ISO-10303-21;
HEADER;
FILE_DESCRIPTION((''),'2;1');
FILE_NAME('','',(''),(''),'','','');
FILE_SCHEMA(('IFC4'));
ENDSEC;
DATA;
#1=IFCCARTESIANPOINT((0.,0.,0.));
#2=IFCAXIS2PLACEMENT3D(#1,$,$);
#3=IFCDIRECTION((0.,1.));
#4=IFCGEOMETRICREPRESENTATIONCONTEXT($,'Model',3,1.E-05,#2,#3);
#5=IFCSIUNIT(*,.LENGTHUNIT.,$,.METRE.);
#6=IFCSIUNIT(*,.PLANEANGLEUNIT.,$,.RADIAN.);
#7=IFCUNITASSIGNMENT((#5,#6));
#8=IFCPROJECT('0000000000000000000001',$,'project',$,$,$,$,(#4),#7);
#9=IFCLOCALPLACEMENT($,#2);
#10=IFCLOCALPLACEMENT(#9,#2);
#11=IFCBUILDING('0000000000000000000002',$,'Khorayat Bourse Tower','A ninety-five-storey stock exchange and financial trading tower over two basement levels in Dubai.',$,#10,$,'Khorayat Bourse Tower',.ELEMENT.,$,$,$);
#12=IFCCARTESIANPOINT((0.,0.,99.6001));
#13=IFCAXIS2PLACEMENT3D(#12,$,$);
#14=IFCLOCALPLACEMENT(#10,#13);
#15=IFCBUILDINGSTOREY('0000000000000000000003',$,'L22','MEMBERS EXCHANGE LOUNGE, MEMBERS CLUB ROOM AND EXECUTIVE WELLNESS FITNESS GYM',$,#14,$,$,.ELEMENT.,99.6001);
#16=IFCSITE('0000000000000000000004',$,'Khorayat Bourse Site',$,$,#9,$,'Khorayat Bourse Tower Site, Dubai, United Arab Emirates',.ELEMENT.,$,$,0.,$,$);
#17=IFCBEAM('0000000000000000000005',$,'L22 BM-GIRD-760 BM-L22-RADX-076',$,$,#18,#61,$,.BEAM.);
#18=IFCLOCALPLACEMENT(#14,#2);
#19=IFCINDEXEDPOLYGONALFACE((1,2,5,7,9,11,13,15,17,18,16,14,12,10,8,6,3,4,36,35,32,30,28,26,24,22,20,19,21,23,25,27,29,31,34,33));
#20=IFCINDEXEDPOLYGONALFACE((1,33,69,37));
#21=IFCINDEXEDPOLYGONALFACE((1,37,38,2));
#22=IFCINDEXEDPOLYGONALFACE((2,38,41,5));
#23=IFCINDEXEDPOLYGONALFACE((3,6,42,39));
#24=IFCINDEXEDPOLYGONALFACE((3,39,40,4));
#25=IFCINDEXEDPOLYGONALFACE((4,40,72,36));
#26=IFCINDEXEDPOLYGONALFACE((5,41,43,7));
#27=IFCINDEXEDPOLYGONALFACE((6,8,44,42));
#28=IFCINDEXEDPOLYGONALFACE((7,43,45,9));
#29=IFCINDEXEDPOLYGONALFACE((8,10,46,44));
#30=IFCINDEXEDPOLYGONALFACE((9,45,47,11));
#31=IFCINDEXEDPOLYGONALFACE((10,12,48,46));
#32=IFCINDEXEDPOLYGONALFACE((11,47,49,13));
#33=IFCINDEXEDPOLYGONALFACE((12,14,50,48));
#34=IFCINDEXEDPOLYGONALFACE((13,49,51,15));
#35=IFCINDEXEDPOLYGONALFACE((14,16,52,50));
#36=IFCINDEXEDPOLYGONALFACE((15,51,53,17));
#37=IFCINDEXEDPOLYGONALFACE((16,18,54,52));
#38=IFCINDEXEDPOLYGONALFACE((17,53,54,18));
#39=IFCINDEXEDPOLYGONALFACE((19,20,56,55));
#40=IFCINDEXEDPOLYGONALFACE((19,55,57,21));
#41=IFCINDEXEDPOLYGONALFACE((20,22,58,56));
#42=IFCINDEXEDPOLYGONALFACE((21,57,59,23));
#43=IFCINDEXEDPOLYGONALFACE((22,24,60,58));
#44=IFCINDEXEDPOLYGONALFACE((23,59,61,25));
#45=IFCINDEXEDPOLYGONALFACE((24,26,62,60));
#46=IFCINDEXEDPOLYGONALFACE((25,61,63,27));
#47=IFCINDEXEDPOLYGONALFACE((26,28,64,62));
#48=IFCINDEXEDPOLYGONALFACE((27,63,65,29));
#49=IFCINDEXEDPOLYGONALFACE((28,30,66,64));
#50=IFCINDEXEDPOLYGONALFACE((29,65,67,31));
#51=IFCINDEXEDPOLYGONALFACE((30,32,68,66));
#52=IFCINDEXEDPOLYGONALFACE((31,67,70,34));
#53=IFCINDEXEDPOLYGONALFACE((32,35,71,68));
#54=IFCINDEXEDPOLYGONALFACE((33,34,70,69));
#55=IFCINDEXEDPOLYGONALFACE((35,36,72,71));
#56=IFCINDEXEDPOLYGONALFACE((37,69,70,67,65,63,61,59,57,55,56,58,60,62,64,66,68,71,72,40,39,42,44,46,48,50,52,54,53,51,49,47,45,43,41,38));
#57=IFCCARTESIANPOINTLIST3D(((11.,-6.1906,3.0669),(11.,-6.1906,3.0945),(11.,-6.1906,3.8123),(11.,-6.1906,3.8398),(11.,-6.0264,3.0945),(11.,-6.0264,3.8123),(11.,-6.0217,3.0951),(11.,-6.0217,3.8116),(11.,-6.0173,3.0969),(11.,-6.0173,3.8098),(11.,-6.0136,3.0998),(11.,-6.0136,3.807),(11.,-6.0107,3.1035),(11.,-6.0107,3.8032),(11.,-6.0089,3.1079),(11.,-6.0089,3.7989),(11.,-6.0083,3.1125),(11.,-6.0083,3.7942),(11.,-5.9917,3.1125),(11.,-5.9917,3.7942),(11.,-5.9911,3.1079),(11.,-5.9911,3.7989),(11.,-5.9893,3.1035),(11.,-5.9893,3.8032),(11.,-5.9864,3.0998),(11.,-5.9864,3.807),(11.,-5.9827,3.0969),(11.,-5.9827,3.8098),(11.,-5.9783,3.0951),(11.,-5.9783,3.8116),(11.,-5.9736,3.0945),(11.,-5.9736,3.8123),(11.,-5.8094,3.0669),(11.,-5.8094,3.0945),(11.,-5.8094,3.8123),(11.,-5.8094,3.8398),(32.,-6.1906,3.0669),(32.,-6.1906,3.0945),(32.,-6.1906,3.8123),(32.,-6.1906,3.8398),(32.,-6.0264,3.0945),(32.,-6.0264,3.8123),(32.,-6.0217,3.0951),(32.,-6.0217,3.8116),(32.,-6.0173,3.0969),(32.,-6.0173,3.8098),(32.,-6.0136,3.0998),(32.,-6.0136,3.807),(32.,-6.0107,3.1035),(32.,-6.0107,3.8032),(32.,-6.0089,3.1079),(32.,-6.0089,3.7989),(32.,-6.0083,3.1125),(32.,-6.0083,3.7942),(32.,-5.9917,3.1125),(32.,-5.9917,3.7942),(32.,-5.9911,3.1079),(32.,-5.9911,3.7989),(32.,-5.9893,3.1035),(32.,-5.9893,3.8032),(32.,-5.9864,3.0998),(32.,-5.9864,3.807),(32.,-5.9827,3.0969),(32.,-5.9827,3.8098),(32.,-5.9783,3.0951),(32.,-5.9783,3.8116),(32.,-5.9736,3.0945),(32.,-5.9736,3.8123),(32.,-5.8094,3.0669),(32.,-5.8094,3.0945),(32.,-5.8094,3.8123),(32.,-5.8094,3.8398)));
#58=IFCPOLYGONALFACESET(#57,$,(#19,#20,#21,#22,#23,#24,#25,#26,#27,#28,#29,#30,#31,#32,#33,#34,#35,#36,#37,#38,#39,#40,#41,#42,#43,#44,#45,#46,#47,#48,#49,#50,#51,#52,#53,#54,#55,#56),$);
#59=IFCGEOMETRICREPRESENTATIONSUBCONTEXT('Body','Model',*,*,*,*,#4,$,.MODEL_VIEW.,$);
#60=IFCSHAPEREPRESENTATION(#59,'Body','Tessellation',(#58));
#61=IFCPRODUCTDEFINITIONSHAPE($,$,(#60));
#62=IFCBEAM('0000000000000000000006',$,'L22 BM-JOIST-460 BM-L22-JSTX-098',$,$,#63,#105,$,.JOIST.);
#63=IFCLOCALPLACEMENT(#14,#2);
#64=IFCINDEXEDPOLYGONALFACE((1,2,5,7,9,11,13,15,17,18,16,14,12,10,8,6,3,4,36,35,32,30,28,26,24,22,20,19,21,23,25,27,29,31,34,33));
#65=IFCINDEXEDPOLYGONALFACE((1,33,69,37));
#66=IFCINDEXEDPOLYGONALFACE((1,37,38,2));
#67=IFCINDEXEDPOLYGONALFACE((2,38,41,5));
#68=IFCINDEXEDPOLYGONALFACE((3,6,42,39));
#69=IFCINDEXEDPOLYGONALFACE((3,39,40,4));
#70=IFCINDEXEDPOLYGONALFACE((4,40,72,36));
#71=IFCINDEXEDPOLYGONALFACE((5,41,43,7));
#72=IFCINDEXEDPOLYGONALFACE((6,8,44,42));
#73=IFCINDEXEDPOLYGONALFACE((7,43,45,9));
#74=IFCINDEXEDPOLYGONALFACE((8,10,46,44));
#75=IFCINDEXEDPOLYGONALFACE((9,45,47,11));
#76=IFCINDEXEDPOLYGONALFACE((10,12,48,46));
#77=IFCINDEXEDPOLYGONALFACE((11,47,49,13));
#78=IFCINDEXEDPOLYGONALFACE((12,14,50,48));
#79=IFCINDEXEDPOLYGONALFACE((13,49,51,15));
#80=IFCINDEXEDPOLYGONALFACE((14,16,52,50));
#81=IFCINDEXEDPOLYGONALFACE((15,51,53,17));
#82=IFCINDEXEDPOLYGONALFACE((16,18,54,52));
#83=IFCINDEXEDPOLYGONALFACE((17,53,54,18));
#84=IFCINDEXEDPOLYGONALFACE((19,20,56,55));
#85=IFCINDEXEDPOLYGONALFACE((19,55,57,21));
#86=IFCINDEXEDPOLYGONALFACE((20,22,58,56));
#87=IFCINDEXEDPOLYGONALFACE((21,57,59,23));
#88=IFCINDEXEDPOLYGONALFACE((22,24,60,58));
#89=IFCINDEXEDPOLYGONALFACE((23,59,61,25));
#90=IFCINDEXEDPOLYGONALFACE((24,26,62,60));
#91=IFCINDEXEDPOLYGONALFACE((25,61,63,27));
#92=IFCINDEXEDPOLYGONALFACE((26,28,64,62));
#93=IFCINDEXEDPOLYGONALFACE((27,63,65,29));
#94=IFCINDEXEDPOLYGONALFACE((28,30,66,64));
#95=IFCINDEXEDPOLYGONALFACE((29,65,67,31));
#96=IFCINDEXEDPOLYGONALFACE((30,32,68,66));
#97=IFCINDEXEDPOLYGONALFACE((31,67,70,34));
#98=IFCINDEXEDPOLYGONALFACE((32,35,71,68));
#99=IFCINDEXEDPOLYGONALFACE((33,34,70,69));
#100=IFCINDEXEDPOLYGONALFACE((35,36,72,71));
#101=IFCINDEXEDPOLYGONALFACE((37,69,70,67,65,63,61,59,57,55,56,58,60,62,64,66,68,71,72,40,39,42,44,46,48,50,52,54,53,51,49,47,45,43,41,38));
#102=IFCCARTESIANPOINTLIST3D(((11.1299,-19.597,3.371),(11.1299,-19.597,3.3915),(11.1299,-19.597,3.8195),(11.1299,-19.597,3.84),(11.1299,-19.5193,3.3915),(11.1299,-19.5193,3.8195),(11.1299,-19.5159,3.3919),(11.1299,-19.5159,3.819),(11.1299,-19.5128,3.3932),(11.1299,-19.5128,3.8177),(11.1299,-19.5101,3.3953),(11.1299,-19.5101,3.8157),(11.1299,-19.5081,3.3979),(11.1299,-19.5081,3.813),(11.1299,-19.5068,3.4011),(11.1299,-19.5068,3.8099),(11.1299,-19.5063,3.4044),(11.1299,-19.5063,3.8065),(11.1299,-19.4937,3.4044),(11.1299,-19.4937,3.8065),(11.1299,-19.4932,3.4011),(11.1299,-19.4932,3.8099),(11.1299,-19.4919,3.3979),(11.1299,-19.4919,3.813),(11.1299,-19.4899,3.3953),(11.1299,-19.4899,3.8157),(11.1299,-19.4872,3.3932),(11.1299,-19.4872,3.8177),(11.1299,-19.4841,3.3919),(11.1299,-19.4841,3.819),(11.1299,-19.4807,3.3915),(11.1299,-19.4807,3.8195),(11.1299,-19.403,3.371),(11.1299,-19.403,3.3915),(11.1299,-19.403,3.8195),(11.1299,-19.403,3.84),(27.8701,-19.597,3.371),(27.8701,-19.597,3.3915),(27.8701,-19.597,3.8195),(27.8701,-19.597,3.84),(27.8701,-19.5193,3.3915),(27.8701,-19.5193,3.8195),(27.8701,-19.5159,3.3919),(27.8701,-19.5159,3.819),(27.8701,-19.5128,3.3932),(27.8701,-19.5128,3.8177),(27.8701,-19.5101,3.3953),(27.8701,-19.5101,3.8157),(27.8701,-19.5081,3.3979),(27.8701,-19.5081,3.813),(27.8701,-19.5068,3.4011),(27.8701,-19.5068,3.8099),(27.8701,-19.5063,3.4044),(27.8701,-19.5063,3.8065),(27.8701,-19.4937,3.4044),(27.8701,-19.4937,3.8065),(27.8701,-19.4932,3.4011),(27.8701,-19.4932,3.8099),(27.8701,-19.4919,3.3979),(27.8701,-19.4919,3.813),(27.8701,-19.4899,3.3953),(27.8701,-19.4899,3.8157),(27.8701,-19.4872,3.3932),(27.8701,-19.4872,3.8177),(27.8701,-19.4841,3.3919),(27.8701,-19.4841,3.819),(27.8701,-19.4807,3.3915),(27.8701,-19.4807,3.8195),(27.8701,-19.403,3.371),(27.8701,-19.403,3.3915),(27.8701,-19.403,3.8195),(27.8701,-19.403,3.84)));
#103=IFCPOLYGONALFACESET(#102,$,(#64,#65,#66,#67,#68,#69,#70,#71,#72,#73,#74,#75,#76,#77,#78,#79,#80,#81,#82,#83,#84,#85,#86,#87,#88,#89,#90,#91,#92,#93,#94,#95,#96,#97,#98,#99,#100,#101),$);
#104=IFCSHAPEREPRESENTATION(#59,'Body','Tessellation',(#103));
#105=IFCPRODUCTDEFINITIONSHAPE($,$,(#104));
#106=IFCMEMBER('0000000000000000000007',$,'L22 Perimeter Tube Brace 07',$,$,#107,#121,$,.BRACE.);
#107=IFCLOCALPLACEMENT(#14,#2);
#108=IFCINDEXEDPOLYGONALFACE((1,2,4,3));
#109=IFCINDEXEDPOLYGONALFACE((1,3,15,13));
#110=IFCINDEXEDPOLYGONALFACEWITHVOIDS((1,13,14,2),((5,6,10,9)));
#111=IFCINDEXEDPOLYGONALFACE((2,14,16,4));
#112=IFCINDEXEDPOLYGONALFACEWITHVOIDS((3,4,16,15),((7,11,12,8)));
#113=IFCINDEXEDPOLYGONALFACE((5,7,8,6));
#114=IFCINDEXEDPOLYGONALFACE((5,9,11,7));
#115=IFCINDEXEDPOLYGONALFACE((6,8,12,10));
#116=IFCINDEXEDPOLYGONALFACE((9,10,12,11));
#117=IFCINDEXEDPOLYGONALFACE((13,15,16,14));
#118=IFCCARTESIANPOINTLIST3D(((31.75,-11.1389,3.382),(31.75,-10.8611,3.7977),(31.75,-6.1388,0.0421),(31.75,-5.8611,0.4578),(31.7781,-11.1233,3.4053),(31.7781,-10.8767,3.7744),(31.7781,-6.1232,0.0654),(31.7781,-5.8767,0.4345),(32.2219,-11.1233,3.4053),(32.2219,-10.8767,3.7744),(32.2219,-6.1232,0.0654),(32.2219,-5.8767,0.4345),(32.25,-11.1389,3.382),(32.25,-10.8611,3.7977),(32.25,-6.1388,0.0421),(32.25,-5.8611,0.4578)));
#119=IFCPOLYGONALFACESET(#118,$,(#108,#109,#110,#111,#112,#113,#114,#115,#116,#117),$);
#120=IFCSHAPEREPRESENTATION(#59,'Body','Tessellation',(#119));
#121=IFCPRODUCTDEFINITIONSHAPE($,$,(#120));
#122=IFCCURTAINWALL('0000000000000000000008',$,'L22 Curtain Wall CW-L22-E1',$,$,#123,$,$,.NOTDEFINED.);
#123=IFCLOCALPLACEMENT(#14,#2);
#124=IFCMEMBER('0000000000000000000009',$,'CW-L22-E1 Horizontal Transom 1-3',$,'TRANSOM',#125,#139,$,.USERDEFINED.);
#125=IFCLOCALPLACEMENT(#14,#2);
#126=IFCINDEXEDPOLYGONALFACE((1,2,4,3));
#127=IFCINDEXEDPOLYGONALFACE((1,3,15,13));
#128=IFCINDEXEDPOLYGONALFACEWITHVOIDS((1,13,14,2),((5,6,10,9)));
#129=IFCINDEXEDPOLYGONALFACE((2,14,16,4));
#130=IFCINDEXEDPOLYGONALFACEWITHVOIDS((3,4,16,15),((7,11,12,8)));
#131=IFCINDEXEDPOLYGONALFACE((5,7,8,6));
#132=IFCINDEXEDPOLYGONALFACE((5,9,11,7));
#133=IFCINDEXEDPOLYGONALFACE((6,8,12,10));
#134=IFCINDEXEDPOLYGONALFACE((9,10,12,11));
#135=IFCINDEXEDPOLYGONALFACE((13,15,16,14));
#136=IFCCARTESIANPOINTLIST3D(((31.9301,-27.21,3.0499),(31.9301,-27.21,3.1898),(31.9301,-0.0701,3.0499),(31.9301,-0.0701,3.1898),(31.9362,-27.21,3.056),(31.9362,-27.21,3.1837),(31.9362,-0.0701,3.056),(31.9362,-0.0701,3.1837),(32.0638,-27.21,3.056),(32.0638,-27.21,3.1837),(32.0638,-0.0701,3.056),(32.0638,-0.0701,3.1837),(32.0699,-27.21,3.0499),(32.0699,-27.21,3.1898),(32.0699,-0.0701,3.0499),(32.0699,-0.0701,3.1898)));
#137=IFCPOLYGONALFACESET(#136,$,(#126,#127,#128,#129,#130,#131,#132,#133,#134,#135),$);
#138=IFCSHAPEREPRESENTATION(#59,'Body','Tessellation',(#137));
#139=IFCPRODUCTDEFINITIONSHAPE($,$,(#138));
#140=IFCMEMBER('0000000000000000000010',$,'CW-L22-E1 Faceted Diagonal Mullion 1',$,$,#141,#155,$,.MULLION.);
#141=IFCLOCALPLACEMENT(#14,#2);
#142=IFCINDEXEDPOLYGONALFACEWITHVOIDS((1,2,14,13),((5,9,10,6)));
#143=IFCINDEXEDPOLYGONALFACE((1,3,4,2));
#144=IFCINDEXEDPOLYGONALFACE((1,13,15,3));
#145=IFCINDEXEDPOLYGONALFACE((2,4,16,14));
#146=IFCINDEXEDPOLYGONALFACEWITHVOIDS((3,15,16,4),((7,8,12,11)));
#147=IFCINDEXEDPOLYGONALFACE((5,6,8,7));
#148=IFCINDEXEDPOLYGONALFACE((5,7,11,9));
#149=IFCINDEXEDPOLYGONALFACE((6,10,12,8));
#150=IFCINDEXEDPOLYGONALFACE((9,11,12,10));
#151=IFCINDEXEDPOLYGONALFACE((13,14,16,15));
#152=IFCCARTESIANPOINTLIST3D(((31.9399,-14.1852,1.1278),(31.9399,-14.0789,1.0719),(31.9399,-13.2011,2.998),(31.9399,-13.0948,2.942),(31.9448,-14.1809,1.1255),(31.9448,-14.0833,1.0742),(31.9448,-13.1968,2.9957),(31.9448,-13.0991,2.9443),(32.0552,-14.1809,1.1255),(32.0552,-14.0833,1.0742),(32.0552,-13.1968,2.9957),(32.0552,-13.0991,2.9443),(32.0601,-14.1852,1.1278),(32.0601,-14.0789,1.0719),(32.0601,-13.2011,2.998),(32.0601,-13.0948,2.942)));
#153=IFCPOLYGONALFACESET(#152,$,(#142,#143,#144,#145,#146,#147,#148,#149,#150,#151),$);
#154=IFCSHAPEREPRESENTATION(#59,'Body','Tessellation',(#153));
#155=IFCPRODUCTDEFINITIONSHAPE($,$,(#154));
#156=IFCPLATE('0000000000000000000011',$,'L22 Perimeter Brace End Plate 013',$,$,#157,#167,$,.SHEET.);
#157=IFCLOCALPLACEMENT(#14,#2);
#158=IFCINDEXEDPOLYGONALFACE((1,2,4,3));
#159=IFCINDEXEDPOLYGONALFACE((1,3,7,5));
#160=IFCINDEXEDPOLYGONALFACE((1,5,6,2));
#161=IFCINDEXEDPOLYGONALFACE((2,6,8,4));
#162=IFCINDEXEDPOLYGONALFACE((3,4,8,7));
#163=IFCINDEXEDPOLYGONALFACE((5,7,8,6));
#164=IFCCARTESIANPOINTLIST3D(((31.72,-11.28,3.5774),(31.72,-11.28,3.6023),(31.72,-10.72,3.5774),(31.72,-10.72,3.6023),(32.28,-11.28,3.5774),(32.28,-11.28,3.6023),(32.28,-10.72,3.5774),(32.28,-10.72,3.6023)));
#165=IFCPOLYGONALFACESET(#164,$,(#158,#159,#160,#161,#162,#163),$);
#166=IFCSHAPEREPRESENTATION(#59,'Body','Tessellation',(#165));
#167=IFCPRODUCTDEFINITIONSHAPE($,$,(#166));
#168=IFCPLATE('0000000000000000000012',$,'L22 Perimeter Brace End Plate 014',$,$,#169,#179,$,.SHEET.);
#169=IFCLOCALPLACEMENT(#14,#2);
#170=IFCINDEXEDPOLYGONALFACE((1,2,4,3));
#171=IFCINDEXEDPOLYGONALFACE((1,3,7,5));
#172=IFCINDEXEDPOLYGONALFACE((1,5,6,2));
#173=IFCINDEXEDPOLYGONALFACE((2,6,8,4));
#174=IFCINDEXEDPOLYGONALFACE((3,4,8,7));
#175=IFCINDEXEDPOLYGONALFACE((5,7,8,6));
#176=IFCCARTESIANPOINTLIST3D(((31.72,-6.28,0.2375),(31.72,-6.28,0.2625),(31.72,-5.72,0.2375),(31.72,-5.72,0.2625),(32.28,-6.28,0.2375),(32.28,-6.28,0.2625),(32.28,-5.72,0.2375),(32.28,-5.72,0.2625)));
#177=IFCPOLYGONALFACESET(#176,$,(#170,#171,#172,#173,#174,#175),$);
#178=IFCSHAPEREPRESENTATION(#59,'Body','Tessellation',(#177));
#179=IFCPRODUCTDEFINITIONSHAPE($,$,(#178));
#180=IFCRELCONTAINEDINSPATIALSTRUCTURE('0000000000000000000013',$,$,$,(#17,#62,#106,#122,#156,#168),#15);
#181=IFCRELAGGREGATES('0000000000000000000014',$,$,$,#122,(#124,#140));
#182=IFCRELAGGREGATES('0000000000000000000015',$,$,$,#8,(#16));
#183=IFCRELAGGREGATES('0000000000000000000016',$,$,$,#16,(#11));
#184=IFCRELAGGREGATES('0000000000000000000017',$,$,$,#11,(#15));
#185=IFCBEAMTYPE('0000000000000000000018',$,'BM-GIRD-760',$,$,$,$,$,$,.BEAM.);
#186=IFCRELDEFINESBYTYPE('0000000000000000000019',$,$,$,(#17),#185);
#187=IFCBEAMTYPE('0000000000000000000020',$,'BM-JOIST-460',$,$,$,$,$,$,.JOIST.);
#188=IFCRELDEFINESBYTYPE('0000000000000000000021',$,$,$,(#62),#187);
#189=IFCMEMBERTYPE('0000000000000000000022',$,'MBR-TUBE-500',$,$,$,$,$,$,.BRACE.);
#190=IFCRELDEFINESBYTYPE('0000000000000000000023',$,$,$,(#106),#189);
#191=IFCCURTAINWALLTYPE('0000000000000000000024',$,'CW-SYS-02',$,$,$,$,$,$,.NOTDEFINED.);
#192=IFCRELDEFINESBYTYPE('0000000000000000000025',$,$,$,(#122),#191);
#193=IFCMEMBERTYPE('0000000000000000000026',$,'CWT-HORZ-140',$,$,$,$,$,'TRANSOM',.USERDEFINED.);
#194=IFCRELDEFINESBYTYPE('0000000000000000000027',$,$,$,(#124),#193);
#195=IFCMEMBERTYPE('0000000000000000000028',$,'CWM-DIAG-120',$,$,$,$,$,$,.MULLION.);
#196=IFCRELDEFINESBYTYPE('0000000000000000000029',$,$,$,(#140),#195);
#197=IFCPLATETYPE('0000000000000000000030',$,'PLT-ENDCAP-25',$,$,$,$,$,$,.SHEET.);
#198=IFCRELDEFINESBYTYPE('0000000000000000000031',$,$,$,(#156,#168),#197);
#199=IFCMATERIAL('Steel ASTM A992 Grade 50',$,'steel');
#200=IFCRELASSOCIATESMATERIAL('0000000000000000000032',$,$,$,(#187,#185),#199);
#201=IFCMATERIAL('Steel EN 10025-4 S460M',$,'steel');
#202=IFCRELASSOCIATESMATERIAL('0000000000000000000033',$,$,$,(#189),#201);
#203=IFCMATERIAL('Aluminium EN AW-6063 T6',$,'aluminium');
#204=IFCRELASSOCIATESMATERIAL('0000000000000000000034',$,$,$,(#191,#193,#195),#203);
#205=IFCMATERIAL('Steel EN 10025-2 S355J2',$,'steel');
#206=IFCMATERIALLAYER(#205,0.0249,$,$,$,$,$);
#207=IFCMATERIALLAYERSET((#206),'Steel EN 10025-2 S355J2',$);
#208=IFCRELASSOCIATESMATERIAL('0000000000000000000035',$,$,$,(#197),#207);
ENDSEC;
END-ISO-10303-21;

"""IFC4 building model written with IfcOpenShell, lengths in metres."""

from ifc_helpers import new_model, si_unit, direction, frame, origin, origin_2d, place, context, subcontext, project, spatial, rectangle, hollow_rectangle, i_section, extrude, source, transform, mapped, material, layer, layer_set, material_profile, profile_set, type_object, element, aggregate, save


model = new_model("IFC4")

# Units and contexts
model_context = context("Model", 3, precision=1e-05, world=origin(), true_north=direction((0.0, 1.0)))
body_context = subcontext(model_context, "Body", "Model", "MODEL_VIEW")
ifc_project = project(units=[si_unit("LENGTHUNIT", "METRE"), si_unit("PLANEANGLEUNIT", "RADIAN")], contexts=[model_context])

# Site, building, storey
site_placement = place(None, origin())
site = spatial("IfcSite", under=ifc_project, at=site_placement, Name="Khorayat Bourse Site", LongName="Khorayat Bourse Tower Site, Dubai, United Arab Emirates", CompositionType="ELEMENT", RefElevation=0.0)
building_placement = place(site_placement, origin())
building = spatial("IfcBuilding", under=site, at=building_placement, Name="Khorayat Bourse Tower", Description="A ninety-five-storey stock exchange and financial trading tower over two basement levels in Dubai.", LongName="Khorayat Bourse Tower", CompositionType="ELEMENT")
storey_placement = place(building_placement, frame((0.0, 0.0, 99.6001)))
storey = spatial("IfcBuildingStorey", under=building, at=storey_placement, Name="L22", Description="MEMBERS EXCHANGE LOUNGE, MEMBERS CLUB ROOM AND EXECUTIVE WELLNESS FITNESS GYM", CompositionType="ELEMENT", Elevation=99.6001)

# Shared definitions
ifc_material_1 = material(Name="Steel EN 10025-4 S460M", Category="steel")

# Beams
ifc_material_2 = material(Name="Steel ASTM A992 Grade 50", Category="steel")
ifc_material_profile_1 = material_profile(ifc_material_2, i_section(OverallWidth=0.1941, OverallDepth=0.469, WebThickness=0.0127, FlangeThickness=0.0205, FilletRadius=0.0129, at=origin_2d()), Name="W460X106")
ifc_profile_set_1 = profile_set([ifc_material_profile_1], Name="Steel ASTM A992 Grade 50")
beam_type_1 = type_object("IfcBeamType", Name="BM-JOIST-460", PredefinedType="JOIST", material=ifc_profile_set_1)
ifc_material_profile_2 = material_profile(ifc_material_2, i_section(OverallWidth=0.3811, OverallDepth=0.7729, WebThickness=0.0166, FlangeThickness=0.0276, FilletRadius=0.0181, at=origin_2d()), Name="W760X257")
ifc_profile_set_2 = profile_set([ifc_material_profile_2], Name="Steel ASTM A992 Grade 50")
beam_type_2 = type_object("IfcBeamType", Name="BM-GIRD-760", PredefinedType="BEAM", material=ifc_profile_set_2)
shared_shape_1 = source(origin(), body_context, "Body", "SweptSolid", [
    extrude(i_section(OverallWidth=0.3811, OverallDepth=0.7729, WebThickness=0.0166, FlangeThickness=0.0276, FilletRadius=0.0181, at=origin_2d()), origin(), (0.0, 0.0, 1.0), 21.0),
])
beam_1_placement = place(storey_placement, frame((11.0, -6.0, 3.4534), z_axis=(1.0, 0.0, 0.0), x_axis=(0.0, 1.0, 0.0)))
element("IfcBeam", 1, at=beam_1_placement, inside=storey, type_object=beam_type_2, Name="L22 BM-GIRD-760 BM-L22-RADX-076", PredefinedType="BEAM", context=body_context, shape_type="MappedRepresentation", body=[
    mapped(shared_shape_1, transform((0.0, 0.0, 0.0), scale=1.0)),
])
shared_shape_2 = source(origin(), body_context, "Body", "SweptSolid", [
    extrude(i_section(OverallWidth=0.1941, OverallDepth=0.469, WebThickness=0.0127, FlangeThickness=0.0205, FilletRadius=0.0129, at=origin_2d()), origin(), (0.0, 0.0, 1.0), 16.7402),
])
beam_2_placement = place(storey_placement, frame((11.1299, -19.5, 3.6055), z_axis=(1.0, 0.0, 0.0), x_axis=(0.0, 1.0, 0.0)))
element("IfcBeam", 2, at=beam_2_placement, inside=storey, type_object=beam_type_1, Name="L22 BM-JOIST-460 BM-L22-JSTX-098", PredefinedType="JOIST", context=body_context, shape_type="MappedRepresentation", body=[
    mapped(shared_shape_2, transform((0.0, 0.0, 0.0), scale=1.0)),
])

# Member
ifc_material_profile_3 = material_profile(ifc_material_1, hollow_rectangle(XDim=0.5, YDim=0.5, WallThickness=0.0281, at=origin_2d()), Name="HSS 500x500x28")
ifc_profile_set_3 = profile_set([ifc_material_profile_3], Name="Steel EN 10025-4 S460M")
member_type_1 = type_object("IfcMemberType", Name="MBR-TUBE-500", PredefinedType="BRACE", material=ifc_profile_set_3)
shared_shape_3 = source(origin(), body_context, "Body", "SweptSolid", [
    extrude(hollow_rectangle(XDim=0.5, YDim=0.5, WallThickness=0.0281, at=origin_2d()), origin(), (0.0, 0.0, 1.0), 6.0129),
])
member_1_placement = place(storey_placement, frame((32.0, -11.0, 3.5898), z_axis=(0.0, 0.83155, -0.55545), x_axis=(-1.0, 0.0, 0.0)))
element("IfcMember", 3, at=member_1_placement, inside=storey, type_object=member_type_1, Name="L22 Perimeter Tube Brace 07", PredefinedType="BRACE", context=body_context, shape_type="MappedRepresentation", body=[
    mapped(shared_shape_3, transform((0.0, 0.0, 0.0), scale=1.0)),
])

# Curtain wall, members
ifc_material_3 = material(Name="Aluminium EN AW-6063 T6", Category="aluminium")
curtain_wall_type = type_object("IfcCurtainWallType", Name="CW-SYS-02", PredefinedType="NOTDEFINED", material=ifc_material_3)
curtain_wall_placement = place(storey_placement, origin())
curtain_wall = element("IfcCurtainWall", 4, at=curtain_wall_placement, inside=storey, type_object=curtain_wall_type, Name="L22 Curtain Wall CW-L22-E1", PredefinedType="NOTDEFINED")
ifc_material_profile_4 = material_profile(ifc_material_3, hollow_rectangle(XDim=0.1399, YDim=0.1399, WallThickness=0.0061, at=origin_2d()), Name="ALU 140x140x6")
ifc_profile_set_4 = profile_set([ifc_material_profile_4], Name="Aluminium EN AW-6063 T6")
member_type_2 = type_object("IfcMemberType", Name="CWT-HORZ-140", ElementType="TRANSOM", PredefinedType="USERDEFINED", material=ifc_profile_set_4)
shared_shape_4 = source(origin(), body_context, "Body", "SweptSolid", [
    extrude(hollow_rectangle(XDim=0.1399, YDim=0.1399, WallThickness=0.0061, at=origin_2d()), origin(), (0.0, 0.0, 1.0), 27.1399),
])
member_2_placement = place(storey_placement, frame((32.0, -27.21, 3.1199), z_axis=(0.0, 1.0, 0.0), x_axis=(-1.0, 0.0, 0.0)))
member_2 = element("IfcMember", 5, at=member_2_placement, type_object=member_type_2, Name="CW-L22-E1 Horizontal Transom 1-3", ObjectType="TRANSOM", PredefinedType="USERDEFINED", context=body_context, shape_type="MappedRepresentation", body=[
    mapped(shared_shape_4, transform((0.0, 0.0, 0.0), scale=1.0)),
])
ifc_material_profile_5 = material_profile(ifc_material_3, hollow_rectangle(XDim=0.1201, YDim=0.1201, WallThickness=0.0049, at=origin_2d()), Name="ALU 120x120x5")
ifc_profile_set_5 = profile_set([ifc_material_profile_5], Name="Aluminium EN AW-6063 T6")
member_type_3 = type_object("IfcMemberType", Name="CWM-DIAG-120", PredefinedType="MULLION", material=ifc_profile_set_5)
shared_shape_5 = source(origin(), body_context, "Body", "SweptSolid", [
    extrude(hollow_rectangle(XDim=0.1201, YDim=0.1201, WallThickness=0.0049, at=origin_2d()), origin(), (0.0, 0.0, 1.0), 2.1133),
])
member_3_placement = place(storey_placement, frame((32.0, -14.1321, 1.0999), z_axis=(0.0, 0.465694, 0.884946), x_axis=(-1.0, 0.0, 0.0)))
member_3 = element("IfcMember", 6, at=member_3_placement, type_object=member_type_3, Name="CW-L22-E1 Faceted Diagonal Mullion 1", PredefinedType="MULLION", context=body_context, shape_type="MappedRepresentation", body=[
    mapped(shared_shape_5, transform((0.0, 0.0, 0.0), scale=1.0)),
])

# Plates
ifc_material_4 = material(Name="Steel EN 10025-2 S355J2", Category="steel")
ifc_layer_1 = layer(ifc_material_4, 0.0249)
ifc_layer_set_1 = layer_set([ifc_layer_1], Name="Steel EN 10025-2 S355J2")
plate_type_1 = type_object("IfcPlateType", Name="PLT-ENDCAP-25", PredefinedType="SHEET", material=ifc_layer_set_1)
shared_shape_6 = source(origin(), body_context, "Body", "SweptSolid", [
    extrude(rectangle(XDim=0.5601, YDim=0.5601, at=origin_2d()), origin(), (0.0, 0.0, 1.0), 0.0249),
])
for number, where, z_axis, x_axis, name in (
    (7, (32.0, -11.0, 3.5774), (0.0, 0.0, 1.0), (1.0, 0.0, 0.0), "L22 Perimeter Brace End Plate 013"),
    (8, (32.0, -6.0, 0.2375), (0.0, 0.0, 1.0), (1.0, 0.0, 0.0), "L22 Perimeter Brace End Plate 014"),
):
    element("IfcPlate", number, at=place(storey_placement, frame(where, z_axis=z_axis, x_axis=x_axis)), inside=storey, type_object=plate_type_1, Name=name, PredefinedType="SHEET", context=body_context, shape_type="MappedRepresentation", body=[
        mapped(shared_shape_6, transform((0.0, 0.0, 0.0), scale=1.0)),
    ])

aggregate(curtain_wall, [member_2, member_3])

save(model, "model.ifc")
